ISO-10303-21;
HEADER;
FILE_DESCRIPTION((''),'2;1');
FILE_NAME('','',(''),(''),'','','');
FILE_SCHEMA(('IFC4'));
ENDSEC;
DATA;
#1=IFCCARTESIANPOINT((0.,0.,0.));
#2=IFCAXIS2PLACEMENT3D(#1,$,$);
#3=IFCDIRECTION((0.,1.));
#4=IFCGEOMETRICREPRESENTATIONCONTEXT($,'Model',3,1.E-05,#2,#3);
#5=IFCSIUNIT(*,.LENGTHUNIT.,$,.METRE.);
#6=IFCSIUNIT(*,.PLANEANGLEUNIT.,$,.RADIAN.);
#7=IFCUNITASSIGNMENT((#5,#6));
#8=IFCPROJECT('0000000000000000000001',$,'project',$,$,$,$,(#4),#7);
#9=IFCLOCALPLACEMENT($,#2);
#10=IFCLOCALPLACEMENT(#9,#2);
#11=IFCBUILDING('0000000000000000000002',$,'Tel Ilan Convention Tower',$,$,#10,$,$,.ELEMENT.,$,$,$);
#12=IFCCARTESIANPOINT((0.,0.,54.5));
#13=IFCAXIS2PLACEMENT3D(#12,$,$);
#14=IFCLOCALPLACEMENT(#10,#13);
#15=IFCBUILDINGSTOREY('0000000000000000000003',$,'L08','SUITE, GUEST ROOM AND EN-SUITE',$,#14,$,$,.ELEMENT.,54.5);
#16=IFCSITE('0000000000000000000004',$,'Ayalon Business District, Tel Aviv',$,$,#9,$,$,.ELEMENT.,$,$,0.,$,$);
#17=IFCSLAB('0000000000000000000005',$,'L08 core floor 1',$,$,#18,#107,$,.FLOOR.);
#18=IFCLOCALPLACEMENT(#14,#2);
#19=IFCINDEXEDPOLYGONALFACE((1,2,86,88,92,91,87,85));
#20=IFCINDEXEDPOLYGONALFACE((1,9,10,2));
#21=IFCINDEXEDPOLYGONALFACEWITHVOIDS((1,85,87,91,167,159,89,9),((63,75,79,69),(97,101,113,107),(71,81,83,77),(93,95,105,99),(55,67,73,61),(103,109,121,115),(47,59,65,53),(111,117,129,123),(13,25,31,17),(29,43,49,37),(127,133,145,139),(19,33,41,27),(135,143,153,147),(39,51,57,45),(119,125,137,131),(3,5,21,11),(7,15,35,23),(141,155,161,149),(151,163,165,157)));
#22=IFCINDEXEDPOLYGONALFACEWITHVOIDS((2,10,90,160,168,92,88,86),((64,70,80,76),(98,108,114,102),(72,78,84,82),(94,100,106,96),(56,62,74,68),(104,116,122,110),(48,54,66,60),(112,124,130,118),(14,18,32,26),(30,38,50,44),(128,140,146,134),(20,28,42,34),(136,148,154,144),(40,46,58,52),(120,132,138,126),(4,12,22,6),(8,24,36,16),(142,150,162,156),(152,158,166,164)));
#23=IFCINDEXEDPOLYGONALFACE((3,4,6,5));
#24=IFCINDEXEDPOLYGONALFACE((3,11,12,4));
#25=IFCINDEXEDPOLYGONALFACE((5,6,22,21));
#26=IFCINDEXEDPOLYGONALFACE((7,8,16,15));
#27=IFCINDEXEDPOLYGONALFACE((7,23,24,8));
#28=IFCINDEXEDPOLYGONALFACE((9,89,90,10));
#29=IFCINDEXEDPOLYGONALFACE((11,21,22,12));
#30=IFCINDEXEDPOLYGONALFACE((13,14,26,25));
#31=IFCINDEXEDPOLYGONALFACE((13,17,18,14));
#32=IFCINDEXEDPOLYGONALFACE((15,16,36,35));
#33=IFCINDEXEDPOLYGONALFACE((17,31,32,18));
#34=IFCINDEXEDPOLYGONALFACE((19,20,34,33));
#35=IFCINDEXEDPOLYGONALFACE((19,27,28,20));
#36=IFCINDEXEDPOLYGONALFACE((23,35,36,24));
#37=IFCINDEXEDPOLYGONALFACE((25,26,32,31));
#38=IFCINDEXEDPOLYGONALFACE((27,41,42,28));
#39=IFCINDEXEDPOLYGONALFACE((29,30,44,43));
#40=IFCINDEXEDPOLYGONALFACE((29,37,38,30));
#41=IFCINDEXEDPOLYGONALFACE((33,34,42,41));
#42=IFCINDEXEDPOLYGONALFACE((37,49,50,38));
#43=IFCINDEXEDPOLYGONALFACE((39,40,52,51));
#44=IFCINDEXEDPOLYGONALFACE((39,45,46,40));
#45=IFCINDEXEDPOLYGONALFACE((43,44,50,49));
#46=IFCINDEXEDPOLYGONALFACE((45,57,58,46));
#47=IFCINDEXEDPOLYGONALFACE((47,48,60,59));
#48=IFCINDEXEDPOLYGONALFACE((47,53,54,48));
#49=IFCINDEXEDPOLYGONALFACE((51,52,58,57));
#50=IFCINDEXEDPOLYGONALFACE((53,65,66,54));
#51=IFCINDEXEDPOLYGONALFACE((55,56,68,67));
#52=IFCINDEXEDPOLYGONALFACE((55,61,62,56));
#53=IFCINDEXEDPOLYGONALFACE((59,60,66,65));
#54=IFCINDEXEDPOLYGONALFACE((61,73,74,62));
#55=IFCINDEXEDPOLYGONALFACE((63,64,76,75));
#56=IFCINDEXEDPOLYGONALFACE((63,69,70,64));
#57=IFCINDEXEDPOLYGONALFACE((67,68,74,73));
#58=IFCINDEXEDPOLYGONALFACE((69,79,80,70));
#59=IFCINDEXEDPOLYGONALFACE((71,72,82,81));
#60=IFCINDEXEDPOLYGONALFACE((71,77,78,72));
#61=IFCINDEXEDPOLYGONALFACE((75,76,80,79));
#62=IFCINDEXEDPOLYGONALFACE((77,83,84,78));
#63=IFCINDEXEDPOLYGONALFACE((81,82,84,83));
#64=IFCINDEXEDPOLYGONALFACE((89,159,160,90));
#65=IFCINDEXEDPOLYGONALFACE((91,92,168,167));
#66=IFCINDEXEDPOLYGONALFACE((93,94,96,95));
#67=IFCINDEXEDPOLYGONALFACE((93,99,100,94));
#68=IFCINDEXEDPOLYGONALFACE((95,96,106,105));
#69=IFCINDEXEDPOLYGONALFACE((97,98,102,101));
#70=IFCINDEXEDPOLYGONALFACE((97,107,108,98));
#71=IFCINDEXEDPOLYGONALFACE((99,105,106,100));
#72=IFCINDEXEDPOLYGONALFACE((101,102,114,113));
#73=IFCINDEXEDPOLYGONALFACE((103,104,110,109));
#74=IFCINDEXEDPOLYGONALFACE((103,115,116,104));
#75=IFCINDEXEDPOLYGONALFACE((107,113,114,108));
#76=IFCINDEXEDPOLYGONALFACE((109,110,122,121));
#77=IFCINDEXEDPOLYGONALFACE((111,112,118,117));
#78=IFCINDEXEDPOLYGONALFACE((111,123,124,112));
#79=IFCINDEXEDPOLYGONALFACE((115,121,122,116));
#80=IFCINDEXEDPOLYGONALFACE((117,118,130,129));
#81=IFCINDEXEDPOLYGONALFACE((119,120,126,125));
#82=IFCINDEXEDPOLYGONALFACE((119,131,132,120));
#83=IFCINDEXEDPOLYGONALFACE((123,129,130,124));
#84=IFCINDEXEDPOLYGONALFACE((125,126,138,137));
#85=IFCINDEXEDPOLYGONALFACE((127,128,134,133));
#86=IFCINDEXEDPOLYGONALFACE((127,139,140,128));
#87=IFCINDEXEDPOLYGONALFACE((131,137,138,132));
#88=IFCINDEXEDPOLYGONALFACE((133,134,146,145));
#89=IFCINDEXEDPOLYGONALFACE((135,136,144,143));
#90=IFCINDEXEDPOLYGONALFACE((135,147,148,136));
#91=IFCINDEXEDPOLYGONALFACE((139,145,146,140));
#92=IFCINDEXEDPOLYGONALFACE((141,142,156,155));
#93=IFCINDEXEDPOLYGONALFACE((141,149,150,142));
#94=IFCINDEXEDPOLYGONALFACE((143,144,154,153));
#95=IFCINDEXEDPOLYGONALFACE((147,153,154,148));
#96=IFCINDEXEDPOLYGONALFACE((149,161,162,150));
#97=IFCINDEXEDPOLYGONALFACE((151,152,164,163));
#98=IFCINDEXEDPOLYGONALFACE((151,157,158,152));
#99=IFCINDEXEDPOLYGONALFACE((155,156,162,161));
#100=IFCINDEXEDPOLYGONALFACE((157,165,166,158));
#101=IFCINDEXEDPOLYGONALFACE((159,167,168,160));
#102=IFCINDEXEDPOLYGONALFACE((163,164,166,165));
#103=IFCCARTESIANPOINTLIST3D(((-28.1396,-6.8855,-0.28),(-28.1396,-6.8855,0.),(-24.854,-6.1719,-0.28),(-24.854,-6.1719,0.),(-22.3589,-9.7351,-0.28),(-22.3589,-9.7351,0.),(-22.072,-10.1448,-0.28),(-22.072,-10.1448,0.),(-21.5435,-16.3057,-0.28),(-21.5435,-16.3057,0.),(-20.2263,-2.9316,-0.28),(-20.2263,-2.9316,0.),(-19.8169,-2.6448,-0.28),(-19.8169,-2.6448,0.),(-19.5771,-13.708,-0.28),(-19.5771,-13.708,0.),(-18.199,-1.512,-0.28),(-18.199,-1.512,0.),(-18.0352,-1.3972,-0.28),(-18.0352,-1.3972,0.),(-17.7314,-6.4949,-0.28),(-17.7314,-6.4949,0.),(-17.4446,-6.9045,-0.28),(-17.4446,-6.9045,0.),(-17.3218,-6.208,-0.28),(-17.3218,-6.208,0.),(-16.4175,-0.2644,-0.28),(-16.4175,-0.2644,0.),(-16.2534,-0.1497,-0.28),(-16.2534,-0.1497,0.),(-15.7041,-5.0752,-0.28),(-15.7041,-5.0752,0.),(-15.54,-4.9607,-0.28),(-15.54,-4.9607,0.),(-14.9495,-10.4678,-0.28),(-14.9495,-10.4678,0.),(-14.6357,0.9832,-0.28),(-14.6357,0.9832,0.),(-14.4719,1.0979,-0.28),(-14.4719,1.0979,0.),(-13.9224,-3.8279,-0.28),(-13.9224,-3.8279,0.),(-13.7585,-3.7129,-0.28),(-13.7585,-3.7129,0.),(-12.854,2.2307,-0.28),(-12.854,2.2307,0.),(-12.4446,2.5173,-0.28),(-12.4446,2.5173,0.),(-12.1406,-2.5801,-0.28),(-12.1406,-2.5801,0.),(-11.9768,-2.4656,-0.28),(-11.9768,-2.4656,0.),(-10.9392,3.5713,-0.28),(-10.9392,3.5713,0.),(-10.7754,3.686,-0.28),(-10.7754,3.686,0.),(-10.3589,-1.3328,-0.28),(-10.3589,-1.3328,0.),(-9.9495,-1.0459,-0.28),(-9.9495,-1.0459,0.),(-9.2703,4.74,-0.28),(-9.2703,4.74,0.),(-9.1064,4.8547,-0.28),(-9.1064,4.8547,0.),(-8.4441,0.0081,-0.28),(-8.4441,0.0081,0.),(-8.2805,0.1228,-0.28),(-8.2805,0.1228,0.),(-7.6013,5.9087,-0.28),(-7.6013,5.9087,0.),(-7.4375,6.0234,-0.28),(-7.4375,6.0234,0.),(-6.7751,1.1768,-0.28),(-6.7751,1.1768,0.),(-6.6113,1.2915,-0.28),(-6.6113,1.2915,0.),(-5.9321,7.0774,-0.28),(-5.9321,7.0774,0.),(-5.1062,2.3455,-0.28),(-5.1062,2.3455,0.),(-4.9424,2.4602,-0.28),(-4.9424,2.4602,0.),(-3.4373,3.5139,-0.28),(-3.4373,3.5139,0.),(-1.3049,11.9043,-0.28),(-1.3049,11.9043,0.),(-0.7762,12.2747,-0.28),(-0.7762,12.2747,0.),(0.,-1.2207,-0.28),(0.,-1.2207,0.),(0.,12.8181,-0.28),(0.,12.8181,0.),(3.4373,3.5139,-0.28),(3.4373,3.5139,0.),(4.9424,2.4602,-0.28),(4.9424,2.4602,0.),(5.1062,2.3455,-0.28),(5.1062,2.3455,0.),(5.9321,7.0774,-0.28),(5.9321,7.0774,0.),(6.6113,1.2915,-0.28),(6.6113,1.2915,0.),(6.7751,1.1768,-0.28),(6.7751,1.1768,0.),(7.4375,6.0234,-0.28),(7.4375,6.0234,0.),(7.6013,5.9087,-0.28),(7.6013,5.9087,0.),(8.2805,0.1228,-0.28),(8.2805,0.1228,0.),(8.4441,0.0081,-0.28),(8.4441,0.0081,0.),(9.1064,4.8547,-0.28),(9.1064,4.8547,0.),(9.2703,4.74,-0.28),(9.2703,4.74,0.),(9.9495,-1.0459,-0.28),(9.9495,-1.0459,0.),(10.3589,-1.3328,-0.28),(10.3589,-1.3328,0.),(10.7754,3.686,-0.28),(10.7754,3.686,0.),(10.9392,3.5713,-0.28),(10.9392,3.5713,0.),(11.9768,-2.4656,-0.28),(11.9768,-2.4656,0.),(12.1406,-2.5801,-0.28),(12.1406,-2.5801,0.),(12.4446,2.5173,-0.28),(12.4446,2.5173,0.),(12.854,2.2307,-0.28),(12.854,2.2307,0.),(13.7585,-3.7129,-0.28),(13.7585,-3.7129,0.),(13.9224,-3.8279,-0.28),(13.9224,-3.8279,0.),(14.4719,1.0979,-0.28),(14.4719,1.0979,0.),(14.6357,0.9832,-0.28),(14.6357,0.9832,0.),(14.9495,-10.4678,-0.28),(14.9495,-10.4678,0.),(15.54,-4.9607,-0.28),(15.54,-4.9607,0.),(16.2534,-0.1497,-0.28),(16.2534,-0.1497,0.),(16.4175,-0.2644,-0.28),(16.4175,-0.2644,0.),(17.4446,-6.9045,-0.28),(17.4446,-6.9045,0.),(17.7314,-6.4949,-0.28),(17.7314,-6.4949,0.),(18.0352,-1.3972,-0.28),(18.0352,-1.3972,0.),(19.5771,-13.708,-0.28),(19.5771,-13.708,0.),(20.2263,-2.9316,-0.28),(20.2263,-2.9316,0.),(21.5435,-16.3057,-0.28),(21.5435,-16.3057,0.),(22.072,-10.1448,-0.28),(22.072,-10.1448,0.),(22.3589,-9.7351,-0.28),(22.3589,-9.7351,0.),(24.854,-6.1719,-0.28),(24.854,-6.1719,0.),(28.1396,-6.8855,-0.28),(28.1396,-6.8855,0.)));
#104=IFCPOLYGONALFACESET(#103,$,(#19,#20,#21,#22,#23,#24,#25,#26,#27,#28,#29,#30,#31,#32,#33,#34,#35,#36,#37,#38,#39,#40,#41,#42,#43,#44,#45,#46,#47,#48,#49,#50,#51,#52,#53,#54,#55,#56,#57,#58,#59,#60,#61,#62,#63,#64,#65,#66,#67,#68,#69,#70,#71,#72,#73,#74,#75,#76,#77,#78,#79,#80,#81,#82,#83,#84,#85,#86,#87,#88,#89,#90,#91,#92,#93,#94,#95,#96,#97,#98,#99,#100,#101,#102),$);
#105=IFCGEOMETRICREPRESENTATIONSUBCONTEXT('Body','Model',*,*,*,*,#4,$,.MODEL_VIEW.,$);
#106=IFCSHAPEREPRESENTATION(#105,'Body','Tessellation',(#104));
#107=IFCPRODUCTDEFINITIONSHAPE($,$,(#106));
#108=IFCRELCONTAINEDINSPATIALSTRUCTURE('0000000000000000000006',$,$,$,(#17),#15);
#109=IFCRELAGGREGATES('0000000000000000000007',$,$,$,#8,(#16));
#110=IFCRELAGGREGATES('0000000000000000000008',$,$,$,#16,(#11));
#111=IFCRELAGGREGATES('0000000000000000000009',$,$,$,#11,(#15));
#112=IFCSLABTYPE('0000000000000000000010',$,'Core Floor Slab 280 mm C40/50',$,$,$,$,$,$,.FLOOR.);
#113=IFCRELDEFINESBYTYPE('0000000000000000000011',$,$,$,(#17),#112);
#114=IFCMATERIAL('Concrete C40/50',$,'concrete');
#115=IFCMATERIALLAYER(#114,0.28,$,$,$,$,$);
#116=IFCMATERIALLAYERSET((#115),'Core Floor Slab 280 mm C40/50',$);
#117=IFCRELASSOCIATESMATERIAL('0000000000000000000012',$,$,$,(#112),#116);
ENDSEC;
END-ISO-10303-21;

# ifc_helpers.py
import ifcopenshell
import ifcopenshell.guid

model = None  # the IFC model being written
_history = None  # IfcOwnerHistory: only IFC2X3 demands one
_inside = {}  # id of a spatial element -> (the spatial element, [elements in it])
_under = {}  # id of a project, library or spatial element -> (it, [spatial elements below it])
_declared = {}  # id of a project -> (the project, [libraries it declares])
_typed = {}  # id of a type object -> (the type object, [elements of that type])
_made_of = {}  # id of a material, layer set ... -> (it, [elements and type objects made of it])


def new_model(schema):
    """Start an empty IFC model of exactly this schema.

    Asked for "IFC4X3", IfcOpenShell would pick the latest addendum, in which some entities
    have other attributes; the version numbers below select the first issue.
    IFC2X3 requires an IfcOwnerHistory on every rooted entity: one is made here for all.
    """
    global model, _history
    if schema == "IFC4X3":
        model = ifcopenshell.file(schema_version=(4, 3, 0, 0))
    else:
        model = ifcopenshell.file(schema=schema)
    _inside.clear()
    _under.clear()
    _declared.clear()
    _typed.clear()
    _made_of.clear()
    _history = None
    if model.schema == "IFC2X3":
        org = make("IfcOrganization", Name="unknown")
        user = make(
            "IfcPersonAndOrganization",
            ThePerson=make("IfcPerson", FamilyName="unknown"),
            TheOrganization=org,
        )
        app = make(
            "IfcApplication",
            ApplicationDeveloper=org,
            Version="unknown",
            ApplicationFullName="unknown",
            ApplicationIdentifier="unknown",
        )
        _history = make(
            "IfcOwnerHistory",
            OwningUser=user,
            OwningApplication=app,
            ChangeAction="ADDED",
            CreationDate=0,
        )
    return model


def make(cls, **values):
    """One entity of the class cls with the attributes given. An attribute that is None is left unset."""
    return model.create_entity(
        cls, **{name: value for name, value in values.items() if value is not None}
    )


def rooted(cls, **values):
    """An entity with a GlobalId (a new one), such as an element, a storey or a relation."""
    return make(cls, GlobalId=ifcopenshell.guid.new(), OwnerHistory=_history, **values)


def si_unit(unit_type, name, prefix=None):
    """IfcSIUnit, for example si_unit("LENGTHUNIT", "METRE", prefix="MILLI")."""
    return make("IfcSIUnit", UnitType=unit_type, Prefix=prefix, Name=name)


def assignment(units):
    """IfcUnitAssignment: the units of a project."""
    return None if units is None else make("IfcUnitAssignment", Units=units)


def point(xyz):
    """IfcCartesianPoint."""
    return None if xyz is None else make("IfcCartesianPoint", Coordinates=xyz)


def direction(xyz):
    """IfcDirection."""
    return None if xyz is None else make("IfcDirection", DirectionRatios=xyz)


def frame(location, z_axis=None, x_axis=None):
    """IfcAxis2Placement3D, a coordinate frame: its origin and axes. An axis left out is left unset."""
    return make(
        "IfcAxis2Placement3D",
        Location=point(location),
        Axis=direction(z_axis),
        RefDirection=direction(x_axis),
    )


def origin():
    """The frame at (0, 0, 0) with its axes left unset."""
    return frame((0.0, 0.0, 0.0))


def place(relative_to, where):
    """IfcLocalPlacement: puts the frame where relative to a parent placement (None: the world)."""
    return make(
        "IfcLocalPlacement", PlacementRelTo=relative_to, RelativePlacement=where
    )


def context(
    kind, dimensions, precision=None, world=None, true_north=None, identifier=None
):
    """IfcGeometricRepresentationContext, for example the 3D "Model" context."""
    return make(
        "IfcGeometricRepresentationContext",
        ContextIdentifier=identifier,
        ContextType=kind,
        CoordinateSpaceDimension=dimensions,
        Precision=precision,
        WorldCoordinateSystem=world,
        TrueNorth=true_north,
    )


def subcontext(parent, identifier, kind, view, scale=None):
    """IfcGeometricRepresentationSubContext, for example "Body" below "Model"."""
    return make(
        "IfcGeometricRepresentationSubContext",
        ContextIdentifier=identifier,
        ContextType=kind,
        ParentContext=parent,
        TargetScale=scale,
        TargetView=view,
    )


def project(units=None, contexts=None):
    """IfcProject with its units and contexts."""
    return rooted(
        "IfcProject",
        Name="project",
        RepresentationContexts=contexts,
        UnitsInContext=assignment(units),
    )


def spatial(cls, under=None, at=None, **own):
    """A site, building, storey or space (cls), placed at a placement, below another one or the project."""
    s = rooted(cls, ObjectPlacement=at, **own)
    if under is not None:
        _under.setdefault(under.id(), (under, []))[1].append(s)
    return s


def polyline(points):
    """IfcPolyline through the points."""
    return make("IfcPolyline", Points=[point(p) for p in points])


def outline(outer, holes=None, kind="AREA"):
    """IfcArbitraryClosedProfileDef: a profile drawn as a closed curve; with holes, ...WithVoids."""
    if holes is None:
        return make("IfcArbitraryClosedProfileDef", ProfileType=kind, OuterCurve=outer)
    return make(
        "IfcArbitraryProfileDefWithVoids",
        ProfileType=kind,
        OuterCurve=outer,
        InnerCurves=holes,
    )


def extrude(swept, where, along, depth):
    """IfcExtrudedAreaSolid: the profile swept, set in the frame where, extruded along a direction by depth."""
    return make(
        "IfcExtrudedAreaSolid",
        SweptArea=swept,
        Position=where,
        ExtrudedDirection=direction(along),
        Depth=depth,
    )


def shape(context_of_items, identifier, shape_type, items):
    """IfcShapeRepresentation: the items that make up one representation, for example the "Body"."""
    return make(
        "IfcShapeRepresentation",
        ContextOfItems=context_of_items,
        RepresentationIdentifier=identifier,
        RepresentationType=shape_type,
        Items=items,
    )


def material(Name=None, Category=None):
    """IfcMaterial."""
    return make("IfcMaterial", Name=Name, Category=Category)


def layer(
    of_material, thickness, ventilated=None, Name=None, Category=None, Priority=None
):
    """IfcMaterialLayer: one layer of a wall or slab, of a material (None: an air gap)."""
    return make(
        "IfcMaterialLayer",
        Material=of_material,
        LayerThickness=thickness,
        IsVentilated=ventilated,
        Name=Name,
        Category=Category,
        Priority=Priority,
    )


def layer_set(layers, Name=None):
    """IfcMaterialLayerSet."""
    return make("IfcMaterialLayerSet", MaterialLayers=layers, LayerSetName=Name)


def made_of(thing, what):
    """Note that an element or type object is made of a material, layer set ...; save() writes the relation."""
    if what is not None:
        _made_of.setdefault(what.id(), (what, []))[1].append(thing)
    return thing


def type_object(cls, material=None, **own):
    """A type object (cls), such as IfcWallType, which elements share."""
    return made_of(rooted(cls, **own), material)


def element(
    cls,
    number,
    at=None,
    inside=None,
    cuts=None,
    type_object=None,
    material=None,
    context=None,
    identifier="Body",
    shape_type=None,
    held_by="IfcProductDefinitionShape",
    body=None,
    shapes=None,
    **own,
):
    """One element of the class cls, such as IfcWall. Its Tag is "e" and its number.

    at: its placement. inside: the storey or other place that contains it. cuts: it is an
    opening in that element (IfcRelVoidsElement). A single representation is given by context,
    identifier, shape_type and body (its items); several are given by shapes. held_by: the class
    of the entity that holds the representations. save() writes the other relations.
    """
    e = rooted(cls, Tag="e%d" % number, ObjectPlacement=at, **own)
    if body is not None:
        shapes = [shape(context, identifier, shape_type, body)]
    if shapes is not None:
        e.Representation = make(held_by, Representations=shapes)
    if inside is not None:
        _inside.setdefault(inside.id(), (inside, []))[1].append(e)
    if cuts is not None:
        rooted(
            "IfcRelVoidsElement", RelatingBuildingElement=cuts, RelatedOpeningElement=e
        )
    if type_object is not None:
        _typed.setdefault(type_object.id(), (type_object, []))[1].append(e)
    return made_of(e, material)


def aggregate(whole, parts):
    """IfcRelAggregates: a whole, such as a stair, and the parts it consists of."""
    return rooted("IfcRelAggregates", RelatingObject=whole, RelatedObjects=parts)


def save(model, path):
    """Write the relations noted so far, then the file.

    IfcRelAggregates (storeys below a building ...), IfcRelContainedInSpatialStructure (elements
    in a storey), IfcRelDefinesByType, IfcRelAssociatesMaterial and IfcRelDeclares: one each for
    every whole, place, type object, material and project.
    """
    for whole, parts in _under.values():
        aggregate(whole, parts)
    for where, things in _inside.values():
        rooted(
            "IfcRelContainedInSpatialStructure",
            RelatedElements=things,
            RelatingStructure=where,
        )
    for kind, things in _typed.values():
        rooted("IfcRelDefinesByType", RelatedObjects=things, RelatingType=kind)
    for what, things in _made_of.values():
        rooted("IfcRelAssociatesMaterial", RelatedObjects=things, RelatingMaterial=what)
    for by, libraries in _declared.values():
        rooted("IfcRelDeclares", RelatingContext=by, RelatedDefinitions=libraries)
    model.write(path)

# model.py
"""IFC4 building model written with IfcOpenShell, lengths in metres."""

from ifc_helpers import new_model, si_unit, direction, frame, origin, place, context, subcontext, project, spatial, polyline, outline, extrude, material, layer, layer_set, type_object, element, save


model = new_model("IFC4")

# Units and contexts
model_context = context("Model", 3, precision=1e-05, world=origin(), true_north=direction((0.0, 1.0)))
body_context = subcontext(model_context, "Body", "Model", "MODEL_VIEW")
ifc_project = project(units=[si_unit("LENGTHUNIT", "METRE"), si_unit("PLANEANGLEUNIT", "RADIAN")], contexts=[model_context])

# Site, building, storey
site_placement = place(None, origin())
site = spatial("IfcSite", under=ifc_project, at=site_placement, Name="Ayalon Business District, Tel Aviv", CompositionType="ELEMENT", RefElevation=0.0)
building_placement = place(site_placement, origin())
building = spatial("IfcBuilding", under=site, at=building_placement, Name="Tel Ilan Convention Tower", CompositionType="ELEMENT")
storey_placement = place(building_placement, frame((0.0, 0.0, 54.5)))
storey = spatial("IfcBuildingStorey", under=building, at=storey_placement, Name="L08", Description="SUITE, GUEST ROOM AND EN-SUITE", CompositionType="ELEMENT", Elevation=54.5)

# Slab
ifc_material_1 = material(Name="Concrete C40/50", Category="concrete")
ifc_layer_1 = layer(ifc_material_1, 0.28)
ifc_layer_set_1 = layer_set([ifc_layer_1], Name="Core Floor Slab 280 mm C40/50")
slab_type_1 = type_object("IfcSlabType", Name="Core Floor Slab 280 mm C40/50", PredefinedType="FLOOR", material=ifc_layer_set_1)
slab_1_placement = place(storey_placement, frame((0.0, 0.0, -0.28)))
element("IfcSlab", 1, at=slab_1_placement, inside=storey, type_object=slab_type_1, Name="L08 core floor 1", PredefinedType="FLOOR", context=body_context, shape_type="SweptSolid", body=[
    extrude(outline(polyline([(-0.2412, 12.6494), (-1.021, 12.1033), (0.0, 12.8181), (28.1396, -6.8855), (21.5435, -16.3057), (0.0, -1.2207), (-21.5435, -16.3057), (-28.1396, -6.8855), (-1.3049, 11.9043), (-0.2412, 12.6494), (-6.1907, 8.4834), (-0.2412, 12.6494)]), holes=[polyline([(-14.9495, -10.4678), (-17.4446, -6.9045), (-22.072, -10.1448), (-19.5771, -13.708), (-14.9495, -10.4678)]), polyline([(-17.7314, -6.4949), (-20.2263, -2.9316), (-24.854, -6.1719), (-22.3589, -9.7351), (-17.7314, -6.4949)]), polyline([(-18.199, -1.512), (-19.8169, -2.6448), (-17.3218, -6.208), (-15.7041, -5.0752), (-18.199, -1.512)]), polyline([(-16.4175, -0.2644), (-18.0352, -1.3972), (-15.54, -4.9607), (-13.9224, -3.8279), (-16.4175, -0.2644)]), polyline([(-14.6357, 0.9832), (-16.2534, -0.1497), (-13.7585, -3.7129), (-12.1406, -2.5801), (-14.6357, 0.9832)]), polyline([(-12.854, 2.2307), (-14.4719, 1.0979), (-11.9768, -2.4656), (-10.3589, -1.3328), (-12.854, 2.2307)]), polyline([(-10.9392, 3.5713), (-12.4446, 2.5173), (-9.9495, -1.0459), (-8.4441, 0.0081), (-10.9392, 3.5713)]), polyline([(-6.7751, 1.1768), (-9.2703, 4.74), (-10.7754, 3.686), (-8.2805, 0.1228), (-6.7751, 1.1768)]), polyline([(-5.1062, 2.3455), (-7.6013, 5.9087), (-9.1064, 4.8547), (-6.6113, 1.2915), (-5.1062, 2.3455)]), polyline([(-5.9321, 7.0774), (-7.4375, 6.0234), (-4.9424, 2.4602), (-3.4373, 3.5139), (-5.9321, 7.0774)]), polyline([(17.4446, -6.9045), (14.9495, -10.4678), (19.5771, -13.708), (22.072, -10.1448), (17.4446, -6.9045)]), polyline([(20.2263, -2.9316), (17.7314, -6.4949), (22.3589, -9.7351), (24.854, -6.1719), (20.2263, -2.9316)]), polyline([(13.9224, -3.8279), (15.54, -4.9607), (18.0352, -1.3972), (16.4175, -0.2644), (13.9224, -3.8279)]), polyline([(12.1406, -2.5801), (13.7585, -3.7129), (16.2534, -0.1497), (14.6357, 0.9832), (12.1406, -2.5801)]), polyline([(11.9768, -2.4656), (14.4719, 1.0979), (12.854, 2.2307), (10.3589, -1.3328), (11.9768, -2.4656)]), polyline([(9.9495, -1.0459), (12.4446, 2.5173), (10.9392, 3.5713), (8.4441, 0.0081), (9.9495, -1.0459)]), polyline([(8.2805, 0.1228), (10.7754, 3.686), (9.2703, 4.74), (6.7751, 1.1768), (8.2805, 0.1228)]), polyline([(5.1062, 2.3455), (6.6113, 1.2915), (9.1064, 4.8547), (7.6013, 5.9087), (5.1062, 2.3455)]), polyline([(3.4373, 3.5139), (4.9424, 2.4602), (7.4375, 6.0234), (5.9321, 7.0774), (3.4373, 3.5139)])]), origin(), (0.0, 0.0, 1.0), 0.28),
])

save(model, "model.ifc")
